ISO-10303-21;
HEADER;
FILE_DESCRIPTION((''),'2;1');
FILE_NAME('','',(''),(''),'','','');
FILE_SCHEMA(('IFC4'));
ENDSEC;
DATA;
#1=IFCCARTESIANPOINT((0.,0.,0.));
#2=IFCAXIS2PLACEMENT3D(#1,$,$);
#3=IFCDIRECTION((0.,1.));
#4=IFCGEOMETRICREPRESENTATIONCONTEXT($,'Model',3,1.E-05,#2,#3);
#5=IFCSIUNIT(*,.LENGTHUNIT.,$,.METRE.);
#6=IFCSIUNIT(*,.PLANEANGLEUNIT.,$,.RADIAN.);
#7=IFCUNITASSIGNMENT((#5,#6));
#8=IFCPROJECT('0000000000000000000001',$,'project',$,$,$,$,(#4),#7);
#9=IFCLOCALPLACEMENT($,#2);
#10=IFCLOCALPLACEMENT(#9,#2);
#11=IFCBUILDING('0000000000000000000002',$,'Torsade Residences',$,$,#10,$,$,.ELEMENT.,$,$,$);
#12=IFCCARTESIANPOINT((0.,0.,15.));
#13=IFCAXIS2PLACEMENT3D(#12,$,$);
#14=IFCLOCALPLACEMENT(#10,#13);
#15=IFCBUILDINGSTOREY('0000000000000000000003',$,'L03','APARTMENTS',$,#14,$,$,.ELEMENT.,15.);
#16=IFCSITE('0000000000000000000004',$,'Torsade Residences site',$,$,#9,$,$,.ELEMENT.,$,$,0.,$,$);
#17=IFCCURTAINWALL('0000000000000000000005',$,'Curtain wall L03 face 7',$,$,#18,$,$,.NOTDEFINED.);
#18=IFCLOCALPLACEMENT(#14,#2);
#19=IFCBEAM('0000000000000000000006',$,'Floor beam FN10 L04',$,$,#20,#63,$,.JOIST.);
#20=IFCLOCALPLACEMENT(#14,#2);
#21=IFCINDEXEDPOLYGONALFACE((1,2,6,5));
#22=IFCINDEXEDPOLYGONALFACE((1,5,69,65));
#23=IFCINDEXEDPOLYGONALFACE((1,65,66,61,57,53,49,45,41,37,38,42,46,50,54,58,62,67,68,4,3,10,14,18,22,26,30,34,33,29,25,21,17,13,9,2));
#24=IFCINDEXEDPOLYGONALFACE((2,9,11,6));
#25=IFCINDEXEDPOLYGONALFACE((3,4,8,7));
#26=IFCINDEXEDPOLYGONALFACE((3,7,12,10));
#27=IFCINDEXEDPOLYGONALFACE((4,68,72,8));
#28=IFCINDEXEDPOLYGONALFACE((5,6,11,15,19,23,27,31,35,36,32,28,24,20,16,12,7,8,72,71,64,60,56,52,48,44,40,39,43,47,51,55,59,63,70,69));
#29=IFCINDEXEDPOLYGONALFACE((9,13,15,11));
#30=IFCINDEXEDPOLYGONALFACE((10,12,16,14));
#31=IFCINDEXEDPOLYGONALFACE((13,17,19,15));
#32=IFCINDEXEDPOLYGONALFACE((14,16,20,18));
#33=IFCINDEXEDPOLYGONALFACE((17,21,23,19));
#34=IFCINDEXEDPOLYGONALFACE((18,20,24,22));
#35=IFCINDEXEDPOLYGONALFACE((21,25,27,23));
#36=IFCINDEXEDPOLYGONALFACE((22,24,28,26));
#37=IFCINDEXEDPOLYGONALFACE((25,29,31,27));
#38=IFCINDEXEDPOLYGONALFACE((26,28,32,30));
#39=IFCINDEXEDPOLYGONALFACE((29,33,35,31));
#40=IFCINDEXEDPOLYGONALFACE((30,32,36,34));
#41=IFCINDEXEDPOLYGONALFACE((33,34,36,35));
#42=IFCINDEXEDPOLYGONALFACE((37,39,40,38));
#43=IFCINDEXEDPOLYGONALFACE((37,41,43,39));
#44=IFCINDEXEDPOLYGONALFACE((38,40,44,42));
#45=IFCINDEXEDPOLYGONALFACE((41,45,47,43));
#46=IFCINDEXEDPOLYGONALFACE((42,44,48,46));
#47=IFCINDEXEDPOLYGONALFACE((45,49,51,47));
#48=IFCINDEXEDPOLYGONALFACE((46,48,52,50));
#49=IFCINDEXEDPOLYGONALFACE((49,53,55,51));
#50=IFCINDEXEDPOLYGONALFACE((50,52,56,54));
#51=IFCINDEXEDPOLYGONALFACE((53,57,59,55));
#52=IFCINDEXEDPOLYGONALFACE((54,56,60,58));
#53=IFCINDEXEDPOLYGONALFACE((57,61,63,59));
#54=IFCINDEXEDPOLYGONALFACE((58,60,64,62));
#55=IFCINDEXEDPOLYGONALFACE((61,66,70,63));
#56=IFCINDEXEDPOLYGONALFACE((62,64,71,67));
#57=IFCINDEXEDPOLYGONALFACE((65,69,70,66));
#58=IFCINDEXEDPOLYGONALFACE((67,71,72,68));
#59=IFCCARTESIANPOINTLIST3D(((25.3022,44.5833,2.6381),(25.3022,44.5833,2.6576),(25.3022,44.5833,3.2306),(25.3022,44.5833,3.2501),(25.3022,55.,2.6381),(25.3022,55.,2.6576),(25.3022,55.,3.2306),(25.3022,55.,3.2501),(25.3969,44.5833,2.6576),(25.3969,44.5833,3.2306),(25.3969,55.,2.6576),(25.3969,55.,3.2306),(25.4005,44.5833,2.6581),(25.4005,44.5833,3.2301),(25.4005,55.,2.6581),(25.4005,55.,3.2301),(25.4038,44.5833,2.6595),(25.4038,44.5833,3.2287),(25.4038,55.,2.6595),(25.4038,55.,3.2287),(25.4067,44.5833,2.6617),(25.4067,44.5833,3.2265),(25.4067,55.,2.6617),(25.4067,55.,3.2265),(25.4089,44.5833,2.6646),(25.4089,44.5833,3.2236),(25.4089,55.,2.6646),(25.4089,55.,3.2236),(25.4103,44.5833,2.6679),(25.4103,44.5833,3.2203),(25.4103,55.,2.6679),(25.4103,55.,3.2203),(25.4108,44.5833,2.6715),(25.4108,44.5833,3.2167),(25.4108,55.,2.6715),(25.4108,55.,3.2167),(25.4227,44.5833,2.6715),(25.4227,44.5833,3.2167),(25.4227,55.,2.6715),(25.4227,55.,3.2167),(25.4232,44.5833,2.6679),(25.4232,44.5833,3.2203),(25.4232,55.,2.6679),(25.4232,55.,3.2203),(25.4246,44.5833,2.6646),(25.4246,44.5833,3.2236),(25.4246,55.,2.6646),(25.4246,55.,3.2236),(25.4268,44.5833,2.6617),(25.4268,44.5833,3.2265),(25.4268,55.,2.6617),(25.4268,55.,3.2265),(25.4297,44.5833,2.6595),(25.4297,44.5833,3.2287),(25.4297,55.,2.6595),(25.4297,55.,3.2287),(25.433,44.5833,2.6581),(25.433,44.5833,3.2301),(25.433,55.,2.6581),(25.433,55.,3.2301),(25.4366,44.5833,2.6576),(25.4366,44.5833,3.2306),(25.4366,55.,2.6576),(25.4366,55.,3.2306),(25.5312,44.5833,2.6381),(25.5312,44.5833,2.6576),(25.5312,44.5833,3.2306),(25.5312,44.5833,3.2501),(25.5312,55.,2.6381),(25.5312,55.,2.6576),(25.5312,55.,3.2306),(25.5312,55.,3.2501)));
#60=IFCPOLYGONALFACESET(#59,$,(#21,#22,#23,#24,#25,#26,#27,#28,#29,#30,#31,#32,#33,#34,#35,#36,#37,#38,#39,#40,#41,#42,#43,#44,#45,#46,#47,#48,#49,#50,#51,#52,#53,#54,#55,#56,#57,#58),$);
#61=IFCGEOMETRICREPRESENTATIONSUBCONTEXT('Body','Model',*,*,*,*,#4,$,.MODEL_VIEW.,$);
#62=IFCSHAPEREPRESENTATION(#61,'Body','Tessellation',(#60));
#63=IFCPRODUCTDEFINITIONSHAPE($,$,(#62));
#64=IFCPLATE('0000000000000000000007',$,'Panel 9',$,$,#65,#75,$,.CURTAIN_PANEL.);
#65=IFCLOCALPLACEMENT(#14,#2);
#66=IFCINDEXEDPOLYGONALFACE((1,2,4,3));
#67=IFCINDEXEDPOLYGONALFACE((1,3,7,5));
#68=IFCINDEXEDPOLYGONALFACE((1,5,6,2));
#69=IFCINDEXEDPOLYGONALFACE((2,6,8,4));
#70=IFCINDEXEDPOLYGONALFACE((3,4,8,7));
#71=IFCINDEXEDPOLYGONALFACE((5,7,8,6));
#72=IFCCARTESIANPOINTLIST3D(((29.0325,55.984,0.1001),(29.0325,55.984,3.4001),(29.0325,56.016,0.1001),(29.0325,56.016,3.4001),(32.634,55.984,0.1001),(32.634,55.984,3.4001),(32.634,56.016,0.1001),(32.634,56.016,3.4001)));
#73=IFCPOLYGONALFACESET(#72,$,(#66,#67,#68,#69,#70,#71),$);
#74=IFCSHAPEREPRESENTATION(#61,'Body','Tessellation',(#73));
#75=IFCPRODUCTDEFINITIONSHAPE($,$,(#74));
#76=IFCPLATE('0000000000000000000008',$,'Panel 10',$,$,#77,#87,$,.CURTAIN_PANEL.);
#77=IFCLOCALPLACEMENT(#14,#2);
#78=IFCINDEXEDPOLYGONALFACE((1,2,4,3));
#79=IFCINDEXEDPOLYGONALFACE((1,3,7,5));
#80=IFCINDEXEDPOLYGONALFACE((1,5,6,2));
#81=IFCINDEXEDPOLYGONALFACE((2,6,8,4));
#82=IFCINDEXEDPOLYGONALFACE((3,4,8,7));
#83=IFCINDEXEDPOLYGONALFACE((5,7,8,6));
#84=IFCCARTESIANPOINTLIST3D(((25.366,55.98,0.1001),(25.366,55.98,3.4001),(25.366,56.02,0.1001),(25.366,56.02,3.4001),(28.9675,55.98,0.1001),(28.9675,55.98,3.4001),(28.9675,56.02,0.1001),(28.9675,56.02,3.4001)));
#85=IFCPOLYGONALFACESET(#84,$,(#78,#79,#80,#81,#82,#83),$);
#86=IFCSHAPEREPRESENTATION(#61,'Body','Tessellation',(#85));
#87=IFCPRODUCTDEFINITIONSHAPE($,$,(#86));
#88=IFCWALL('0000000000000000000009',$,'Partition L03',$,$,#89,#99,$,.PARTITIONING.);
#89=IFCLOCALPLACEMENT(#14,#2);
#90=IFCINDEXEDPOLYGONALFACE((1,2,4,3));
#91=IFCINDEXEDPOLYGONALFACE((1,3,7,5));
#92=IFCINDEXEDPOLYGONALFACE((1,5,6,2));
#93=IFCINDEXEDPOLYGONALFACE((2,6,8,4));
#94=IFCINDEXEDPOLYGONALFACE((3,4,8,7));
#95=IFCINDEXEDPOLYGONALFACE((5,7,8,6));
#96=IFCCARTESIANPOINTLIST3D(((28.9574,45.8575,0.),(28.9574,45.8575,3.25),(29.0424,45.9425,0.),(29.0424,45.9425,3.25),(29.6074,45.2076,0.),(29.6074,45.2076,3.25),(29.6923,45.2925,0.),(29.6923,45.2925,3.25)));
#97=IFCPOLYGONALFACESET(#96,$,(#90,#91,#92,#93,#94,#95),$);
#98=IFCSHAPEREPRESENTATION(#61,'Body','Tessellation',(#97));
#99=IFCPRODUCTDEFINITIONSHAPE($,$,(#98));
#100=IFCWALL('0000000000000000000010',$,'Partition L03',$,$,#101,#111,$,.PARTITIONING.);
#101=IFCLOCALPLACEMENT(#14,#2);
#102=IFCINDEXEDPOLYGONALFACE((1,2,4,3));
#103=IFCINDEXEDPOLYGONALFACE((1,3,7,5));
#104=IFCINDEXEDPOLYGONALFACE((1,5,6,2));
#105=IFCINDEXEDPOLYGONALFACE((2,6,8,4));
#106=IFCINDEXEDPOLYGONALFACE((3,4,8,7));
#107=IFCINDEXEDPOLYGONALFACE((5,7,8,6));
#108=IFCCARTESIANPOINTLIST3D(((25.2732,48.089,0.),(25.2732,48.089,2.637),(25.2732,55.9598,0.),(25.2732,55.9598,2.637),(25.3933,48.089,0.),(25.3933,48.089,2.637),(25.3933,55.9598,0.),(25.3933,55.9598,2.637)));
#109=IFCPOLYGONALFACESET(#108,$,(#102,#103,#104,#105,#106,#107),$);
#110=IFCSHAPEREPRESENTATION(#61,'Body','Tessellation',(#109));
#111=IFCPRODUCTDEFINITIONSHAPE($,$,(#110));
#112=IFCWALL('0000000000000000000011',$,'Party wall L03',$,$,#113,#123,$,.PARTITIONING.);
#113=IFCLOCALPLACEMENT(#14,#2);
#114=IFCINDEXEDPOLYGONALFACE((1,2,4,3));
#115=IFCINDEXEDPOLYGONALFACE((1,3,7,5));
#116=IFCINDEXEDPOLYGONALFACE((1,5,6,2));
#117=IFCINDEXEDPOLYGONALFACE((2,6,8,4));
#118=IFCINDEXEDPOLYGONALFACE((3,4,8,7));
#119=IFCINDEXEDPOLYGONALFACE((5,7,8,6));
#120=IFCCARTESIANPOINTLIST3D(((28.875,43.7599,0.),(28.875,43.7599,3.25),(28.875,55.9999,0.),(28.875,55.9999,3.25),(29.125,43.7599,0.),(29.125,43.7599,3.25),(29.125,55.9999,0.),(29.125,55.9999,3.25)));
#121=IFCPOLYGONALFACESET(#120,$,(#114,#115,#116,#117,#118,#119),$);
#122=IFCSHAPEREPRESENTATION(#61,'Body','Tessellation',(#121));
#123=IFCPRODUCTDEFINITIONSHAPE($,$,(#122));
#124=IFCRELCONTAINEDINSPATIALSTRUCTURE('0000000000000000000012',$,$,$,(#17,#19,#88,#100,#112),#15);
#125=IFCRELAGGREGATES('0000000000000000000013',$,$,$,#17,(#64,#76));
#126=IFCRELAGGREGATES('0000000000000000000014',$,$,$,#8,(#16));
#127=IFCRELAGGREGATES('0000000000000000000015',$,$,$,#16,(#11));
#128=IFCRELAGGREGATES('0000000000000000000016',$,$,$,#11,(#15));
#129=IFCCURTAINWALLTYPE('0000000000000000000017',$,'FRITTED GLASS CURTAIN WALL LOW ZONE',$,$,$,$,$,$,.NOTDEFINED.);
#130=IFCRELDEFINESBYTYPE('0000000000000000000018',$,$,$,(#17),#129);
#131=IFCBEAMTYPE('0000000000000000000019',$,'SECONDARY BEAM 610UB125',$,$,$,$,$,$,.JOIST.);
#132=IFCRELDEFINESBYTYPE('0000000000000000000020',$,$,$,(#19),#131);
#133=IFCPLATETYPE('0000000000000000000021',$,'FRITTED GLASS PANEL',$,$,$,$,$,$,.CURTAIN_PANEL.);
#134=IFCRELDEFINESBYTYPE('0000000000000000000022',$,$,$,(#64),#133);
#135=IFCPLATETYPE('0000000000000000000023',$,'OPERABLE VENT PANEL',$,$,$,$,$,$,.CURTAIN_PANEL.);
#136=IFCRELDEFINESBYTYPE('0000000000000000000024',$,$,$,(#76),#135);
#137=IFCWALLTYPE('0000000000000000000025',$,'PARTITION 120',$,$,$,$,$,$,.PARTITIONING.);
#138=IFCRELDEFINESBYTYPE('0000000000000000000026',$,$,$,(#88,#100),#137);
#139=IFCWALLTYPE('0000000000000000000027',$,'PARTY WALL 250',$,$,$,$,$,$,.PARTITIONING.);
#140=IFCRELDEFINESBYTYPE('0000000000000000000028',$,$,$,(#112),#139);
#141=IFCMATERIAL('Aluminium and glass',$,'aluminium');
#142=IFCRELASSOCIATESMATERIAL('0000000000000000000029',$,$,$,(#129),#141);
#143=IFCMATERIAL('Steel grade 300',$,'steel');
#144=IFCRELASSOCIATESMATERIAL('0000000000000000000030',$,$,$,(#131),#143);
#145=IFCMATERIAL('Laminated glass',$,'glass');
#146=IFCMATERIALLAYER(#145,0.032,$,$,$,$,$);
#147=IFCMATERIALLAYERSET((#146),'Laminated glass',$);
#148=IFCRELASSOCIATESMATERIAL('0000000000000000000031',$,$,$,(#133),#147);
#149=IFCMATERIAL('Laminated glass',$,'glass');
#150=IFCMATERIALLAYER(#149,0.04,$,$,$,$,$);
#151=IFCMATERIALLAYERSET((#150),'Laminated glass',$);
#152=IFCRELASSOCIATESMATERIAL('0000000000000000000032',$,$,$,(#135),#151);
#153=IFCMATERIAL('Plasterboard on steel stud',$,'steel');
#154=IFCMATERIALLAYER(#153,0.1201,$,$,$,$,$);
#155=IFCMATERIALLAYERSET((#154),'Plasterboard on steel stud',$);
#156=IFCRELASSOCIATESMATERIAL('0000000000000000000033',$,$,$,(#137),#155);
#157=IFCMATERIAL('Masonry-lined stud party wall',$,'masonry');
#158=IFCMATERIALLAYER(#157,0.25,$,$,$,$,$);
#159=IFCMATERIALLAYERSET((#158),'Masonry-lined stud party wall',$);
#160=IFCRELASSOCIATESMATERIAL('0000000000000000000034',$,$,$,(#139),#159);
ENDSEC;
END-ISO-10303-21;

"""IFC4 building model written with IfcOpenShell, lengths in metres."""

from ifc_helpers import new_model, si_unit, direction, frame, frame_2d, origin, origin_2d, place, context, subcontext, project, spatial, rectangle, i_section, extrude, material, layer, layer_set, material_profile, profile_set, type_object, element, aggregate, save


model = new_model("IFC4")

# Units and contexts
model_context = context("Model", 3, precision=1e-05, world=origin(), true_north=direction((0.0, 1.0)))
body_context = subcontext(model_context, "Body", "Model", "MODEL_VIEW")
ifc_project = project(units=[si_unit("LENGTHUNIT", "METRE"), si_unit("PLANEANGLEUNIT", "RADIAN")], contexts=[model_context])

# Site, building, storey
site_placement = place(None, origin())
site = spatial("IfcSite", under=ifc_project, at=site_placement, Name="Torsade Residences site", CompositionType="ELEMENT", RefElevation=0.0)
building_placement = place(site_placement, origin())
building = spatial("IfcBuilding", under=site, at=building_placement, Name="Torsade Residences", CompositionType="ELEMENT")
storey_placement = place(building_placement, frame((0.0, 0.0, 15.0)))
storey = spatial("IfcBuildingStorey", under=building, at=storey_placement, Name="L03", Description="APARTMENTS", CompositionType="ELEMENT", Elevation=15.0)

# Curtain wall
ifc_material_1 = material(Name="Aluminium and glass", Category="aluminium")
curtain_wall_type = type_object("IfcCurtainWallType", Name="FRITTED GLASS CURTAIN WALL LOW ZONE", PredefinedType="NOTDEFINED", material=ifc_material_1)
curtain_wall_placement = place(storey_placement, origin())
curtain_wall = element("IfcCurtainWall", 1, at=curtain_wall_placement, inside=storey, type_object=curtain_wall_type, Name="Curtain wall L03 face 7", PredefinedType="NOTDEFINED")

# Beam
ifc_material_2 = material(Name="Steel grade 300", Category="steel")
ifc_material_profile_1 = material_profile(ifc_material_2, i_section(OverallWidth=0.229, OverallDepth=0.6121, WebThickness=0.012, FlangeThickness=0.0195, FilletRadius=0.0139, at=origin_2d()), Name="610UB125")
ifc_profile_set_1 = profile_set([ifc_material_profile_1], Name="Steel grade 300")
beam_type_1 = type_object("IfcBeamType", Name="SECONDARY BEAM 610UB125", PredefinedType="JOIST", material=ifc_profile_set_1)
beam_1_placement = place(storey_placement, frame((25.4167, 55.0, 2.9441), z_axis=(0.0, -1.0, 0.0), x_axis=(1.0, 0.0, 0.0)))
element("IfcBeam", 2, at=beam_1_placement, inside=storey, type_object=beam_type_1, Name="Floor beam FN10 L04", PredefinedType="JOIST", context=body_context, shape_type="SweptSolid", body=[
    extrude(i_section(OverallWidth=0.229, OverallDepth=0.6121, WebThickness=0.012, FlangeThickness=0.0195, FilletRadius=0.0139, at=origin_2d()), origin(), (0.0, 0.0, 1.0), 10.4167),
])

# Plates
ifc_material_3 = material(Name="Laminated glass", Category="glass")
ifc_layer_1 = layer(ifc_material_3, 0.032)
ifc_layer_set_1 = layer_set([ifc_layer_1], Name="Laminated glass")
plate_type_1 = type_object("IfcPlateType", Name="FRITTED GLASS PANEL", PredefinedType="CURTAIN_PANEL", material=ifc_layer_set_1)
plate_1_placement = place(storey_placement, frame((30.8333, 56.0, 0.1001), z_axis=(0.0, 0.0, 1.0), x_axis=(-1.0, 0.0, 0.0)))
plate_1 = element("IfcPlate", 3, at=plate_1_placement, type_object=plate_type_1, Name="Panel 9", PredefinedType="CURTAIN_PANEL", context=body_context, shape_type="SweptSolid", body=[
    extrude(rectangle(XDim=3.6016, YDim=0.032, at=origin_2d()), origin(), (0.0, 0.0, 1.0), 3.3),
])
ifc_material_4 = material(Name="Laminated glass", Category="glass")
ifc_layer_2 = layer(ifc_material_4, 0.04)
ifc_layer_set_2 = layer_set([ifc_layer_2], Name="Laminated glass")
plate_type_2 = type_object("IfcPlateType", Name="OPERABLE VENT PANEL", PredefinedType="CURTAIN_PANEL", material=ifc_layer_set_2)
plate_2_placement = place(storey_placement, frame((27.1667, 56.0, 0.1001), z_axis=(0.0, 0.0, 1.0), x_axis=(-1.0, 0.0, 0.0)))
plate_2 = element("IfcPlate", 4, at=plate_2_placement, type_object=plate_type_2, Name="Panel 10", PredefinedType="CURTAIN_PANEL", context=body_context, shape_type="SweptSolid", body=[
    extrude(rectangle(XDim=3.6016, YDim=0.04, at=origin_2d()), origin(), (0.0, 0.0, 1.0), 3.3),
])
aggregate(curtain_wall, [plate_1, plate_2])

# Walls
ifc_material_5 = material(Name="Plasterboard on steel stud", Category="steel")
ifc_layer_3 = layer(ifc_material_5, 0.1201)
ifc_layer_set_3 = layer_set([ifc_layer_3], Name="Plasterboard on steel stud")
wall_type_1 = type_object("IfcWallType", Name="PARTITION 120", PredefinedType="PARTITIONING", material=ifc_layer_set_3)
wall_1_placement = place(storey_placement, frame((29.0, 45.8999, 0.0), z_axis=(0.0, 0.0, 1.0), x_axis=(0.707107, -0.707107, 0.0)))
element("IfcWall", 5, at=wall_1_placement, inside=storey, type_object=wall_type_1, Name="Partition L03", PredefinedType="PARTITIONING", context=body_context, shape_type="SweptSolid", body=[
    extrude(rectangle(XDim=0.9192, YDim=0.1201, at=frame_2d((0.4595, 0.0))), origin(), (0.0, 0.0, 1.0), 3.25),
])
wall_2_placement = place(storey_placement, frame((25.3333, 55.96, 0.0), z_axis=(0.0, 0.0, 1.0), x_axis=(0.0, -1.0, 0.0)))
element("IfcWall", 6, at=wall_2_placement, inside=storey, type_object=wall_type_1, Name="Partition L03", PredefinedType="PARTITIONING", context=body_context, shape_type="SweptSolid", body=[
    extrude(rectangle(XDim=7.8708, YDim=0.1201, at=frame_2d((3.9355, 0.0))), origin(), (0.0, 0.0, 1.0), 2.637),
])
ifc_material_6 = material(Name="Masonry-lined stud party wall", Category="masonry")
ifc_layer_4 = layer(ifc_material_6, 0.25)
ifc_layer_set_4 = layer_set([ifc_layer_4], Name="Masonry-lined stud party wall")
wall_type_2 = type_object("IfcWallType", Name="PARTY WALL 250", PredefinedType="PARTITIONING", material=ifc_layer_set_4)
wall_3_placement = place(storey_placement, frame((29.0, 56.0, 0.0), z_axis=(0.0, 0.0, 1.0), x_axis=(0.0, -1.0, 0.0)))
element("IfcWall", 7, at=wall_3_placement, inside=storey, type_object=wall_type_2, Name="Party wall L03", PredefinedType="PARTITIONING", context=body_context, shape_type="SweptSolid", body=[
    extrude(rectangle(XDim=12.24, YDim=0.25, at=frame_2d((6.1201, 0.0))), origin(), (0.0, 0.0, 1.0), 3.25),
])

save(model, "model.ifc")
